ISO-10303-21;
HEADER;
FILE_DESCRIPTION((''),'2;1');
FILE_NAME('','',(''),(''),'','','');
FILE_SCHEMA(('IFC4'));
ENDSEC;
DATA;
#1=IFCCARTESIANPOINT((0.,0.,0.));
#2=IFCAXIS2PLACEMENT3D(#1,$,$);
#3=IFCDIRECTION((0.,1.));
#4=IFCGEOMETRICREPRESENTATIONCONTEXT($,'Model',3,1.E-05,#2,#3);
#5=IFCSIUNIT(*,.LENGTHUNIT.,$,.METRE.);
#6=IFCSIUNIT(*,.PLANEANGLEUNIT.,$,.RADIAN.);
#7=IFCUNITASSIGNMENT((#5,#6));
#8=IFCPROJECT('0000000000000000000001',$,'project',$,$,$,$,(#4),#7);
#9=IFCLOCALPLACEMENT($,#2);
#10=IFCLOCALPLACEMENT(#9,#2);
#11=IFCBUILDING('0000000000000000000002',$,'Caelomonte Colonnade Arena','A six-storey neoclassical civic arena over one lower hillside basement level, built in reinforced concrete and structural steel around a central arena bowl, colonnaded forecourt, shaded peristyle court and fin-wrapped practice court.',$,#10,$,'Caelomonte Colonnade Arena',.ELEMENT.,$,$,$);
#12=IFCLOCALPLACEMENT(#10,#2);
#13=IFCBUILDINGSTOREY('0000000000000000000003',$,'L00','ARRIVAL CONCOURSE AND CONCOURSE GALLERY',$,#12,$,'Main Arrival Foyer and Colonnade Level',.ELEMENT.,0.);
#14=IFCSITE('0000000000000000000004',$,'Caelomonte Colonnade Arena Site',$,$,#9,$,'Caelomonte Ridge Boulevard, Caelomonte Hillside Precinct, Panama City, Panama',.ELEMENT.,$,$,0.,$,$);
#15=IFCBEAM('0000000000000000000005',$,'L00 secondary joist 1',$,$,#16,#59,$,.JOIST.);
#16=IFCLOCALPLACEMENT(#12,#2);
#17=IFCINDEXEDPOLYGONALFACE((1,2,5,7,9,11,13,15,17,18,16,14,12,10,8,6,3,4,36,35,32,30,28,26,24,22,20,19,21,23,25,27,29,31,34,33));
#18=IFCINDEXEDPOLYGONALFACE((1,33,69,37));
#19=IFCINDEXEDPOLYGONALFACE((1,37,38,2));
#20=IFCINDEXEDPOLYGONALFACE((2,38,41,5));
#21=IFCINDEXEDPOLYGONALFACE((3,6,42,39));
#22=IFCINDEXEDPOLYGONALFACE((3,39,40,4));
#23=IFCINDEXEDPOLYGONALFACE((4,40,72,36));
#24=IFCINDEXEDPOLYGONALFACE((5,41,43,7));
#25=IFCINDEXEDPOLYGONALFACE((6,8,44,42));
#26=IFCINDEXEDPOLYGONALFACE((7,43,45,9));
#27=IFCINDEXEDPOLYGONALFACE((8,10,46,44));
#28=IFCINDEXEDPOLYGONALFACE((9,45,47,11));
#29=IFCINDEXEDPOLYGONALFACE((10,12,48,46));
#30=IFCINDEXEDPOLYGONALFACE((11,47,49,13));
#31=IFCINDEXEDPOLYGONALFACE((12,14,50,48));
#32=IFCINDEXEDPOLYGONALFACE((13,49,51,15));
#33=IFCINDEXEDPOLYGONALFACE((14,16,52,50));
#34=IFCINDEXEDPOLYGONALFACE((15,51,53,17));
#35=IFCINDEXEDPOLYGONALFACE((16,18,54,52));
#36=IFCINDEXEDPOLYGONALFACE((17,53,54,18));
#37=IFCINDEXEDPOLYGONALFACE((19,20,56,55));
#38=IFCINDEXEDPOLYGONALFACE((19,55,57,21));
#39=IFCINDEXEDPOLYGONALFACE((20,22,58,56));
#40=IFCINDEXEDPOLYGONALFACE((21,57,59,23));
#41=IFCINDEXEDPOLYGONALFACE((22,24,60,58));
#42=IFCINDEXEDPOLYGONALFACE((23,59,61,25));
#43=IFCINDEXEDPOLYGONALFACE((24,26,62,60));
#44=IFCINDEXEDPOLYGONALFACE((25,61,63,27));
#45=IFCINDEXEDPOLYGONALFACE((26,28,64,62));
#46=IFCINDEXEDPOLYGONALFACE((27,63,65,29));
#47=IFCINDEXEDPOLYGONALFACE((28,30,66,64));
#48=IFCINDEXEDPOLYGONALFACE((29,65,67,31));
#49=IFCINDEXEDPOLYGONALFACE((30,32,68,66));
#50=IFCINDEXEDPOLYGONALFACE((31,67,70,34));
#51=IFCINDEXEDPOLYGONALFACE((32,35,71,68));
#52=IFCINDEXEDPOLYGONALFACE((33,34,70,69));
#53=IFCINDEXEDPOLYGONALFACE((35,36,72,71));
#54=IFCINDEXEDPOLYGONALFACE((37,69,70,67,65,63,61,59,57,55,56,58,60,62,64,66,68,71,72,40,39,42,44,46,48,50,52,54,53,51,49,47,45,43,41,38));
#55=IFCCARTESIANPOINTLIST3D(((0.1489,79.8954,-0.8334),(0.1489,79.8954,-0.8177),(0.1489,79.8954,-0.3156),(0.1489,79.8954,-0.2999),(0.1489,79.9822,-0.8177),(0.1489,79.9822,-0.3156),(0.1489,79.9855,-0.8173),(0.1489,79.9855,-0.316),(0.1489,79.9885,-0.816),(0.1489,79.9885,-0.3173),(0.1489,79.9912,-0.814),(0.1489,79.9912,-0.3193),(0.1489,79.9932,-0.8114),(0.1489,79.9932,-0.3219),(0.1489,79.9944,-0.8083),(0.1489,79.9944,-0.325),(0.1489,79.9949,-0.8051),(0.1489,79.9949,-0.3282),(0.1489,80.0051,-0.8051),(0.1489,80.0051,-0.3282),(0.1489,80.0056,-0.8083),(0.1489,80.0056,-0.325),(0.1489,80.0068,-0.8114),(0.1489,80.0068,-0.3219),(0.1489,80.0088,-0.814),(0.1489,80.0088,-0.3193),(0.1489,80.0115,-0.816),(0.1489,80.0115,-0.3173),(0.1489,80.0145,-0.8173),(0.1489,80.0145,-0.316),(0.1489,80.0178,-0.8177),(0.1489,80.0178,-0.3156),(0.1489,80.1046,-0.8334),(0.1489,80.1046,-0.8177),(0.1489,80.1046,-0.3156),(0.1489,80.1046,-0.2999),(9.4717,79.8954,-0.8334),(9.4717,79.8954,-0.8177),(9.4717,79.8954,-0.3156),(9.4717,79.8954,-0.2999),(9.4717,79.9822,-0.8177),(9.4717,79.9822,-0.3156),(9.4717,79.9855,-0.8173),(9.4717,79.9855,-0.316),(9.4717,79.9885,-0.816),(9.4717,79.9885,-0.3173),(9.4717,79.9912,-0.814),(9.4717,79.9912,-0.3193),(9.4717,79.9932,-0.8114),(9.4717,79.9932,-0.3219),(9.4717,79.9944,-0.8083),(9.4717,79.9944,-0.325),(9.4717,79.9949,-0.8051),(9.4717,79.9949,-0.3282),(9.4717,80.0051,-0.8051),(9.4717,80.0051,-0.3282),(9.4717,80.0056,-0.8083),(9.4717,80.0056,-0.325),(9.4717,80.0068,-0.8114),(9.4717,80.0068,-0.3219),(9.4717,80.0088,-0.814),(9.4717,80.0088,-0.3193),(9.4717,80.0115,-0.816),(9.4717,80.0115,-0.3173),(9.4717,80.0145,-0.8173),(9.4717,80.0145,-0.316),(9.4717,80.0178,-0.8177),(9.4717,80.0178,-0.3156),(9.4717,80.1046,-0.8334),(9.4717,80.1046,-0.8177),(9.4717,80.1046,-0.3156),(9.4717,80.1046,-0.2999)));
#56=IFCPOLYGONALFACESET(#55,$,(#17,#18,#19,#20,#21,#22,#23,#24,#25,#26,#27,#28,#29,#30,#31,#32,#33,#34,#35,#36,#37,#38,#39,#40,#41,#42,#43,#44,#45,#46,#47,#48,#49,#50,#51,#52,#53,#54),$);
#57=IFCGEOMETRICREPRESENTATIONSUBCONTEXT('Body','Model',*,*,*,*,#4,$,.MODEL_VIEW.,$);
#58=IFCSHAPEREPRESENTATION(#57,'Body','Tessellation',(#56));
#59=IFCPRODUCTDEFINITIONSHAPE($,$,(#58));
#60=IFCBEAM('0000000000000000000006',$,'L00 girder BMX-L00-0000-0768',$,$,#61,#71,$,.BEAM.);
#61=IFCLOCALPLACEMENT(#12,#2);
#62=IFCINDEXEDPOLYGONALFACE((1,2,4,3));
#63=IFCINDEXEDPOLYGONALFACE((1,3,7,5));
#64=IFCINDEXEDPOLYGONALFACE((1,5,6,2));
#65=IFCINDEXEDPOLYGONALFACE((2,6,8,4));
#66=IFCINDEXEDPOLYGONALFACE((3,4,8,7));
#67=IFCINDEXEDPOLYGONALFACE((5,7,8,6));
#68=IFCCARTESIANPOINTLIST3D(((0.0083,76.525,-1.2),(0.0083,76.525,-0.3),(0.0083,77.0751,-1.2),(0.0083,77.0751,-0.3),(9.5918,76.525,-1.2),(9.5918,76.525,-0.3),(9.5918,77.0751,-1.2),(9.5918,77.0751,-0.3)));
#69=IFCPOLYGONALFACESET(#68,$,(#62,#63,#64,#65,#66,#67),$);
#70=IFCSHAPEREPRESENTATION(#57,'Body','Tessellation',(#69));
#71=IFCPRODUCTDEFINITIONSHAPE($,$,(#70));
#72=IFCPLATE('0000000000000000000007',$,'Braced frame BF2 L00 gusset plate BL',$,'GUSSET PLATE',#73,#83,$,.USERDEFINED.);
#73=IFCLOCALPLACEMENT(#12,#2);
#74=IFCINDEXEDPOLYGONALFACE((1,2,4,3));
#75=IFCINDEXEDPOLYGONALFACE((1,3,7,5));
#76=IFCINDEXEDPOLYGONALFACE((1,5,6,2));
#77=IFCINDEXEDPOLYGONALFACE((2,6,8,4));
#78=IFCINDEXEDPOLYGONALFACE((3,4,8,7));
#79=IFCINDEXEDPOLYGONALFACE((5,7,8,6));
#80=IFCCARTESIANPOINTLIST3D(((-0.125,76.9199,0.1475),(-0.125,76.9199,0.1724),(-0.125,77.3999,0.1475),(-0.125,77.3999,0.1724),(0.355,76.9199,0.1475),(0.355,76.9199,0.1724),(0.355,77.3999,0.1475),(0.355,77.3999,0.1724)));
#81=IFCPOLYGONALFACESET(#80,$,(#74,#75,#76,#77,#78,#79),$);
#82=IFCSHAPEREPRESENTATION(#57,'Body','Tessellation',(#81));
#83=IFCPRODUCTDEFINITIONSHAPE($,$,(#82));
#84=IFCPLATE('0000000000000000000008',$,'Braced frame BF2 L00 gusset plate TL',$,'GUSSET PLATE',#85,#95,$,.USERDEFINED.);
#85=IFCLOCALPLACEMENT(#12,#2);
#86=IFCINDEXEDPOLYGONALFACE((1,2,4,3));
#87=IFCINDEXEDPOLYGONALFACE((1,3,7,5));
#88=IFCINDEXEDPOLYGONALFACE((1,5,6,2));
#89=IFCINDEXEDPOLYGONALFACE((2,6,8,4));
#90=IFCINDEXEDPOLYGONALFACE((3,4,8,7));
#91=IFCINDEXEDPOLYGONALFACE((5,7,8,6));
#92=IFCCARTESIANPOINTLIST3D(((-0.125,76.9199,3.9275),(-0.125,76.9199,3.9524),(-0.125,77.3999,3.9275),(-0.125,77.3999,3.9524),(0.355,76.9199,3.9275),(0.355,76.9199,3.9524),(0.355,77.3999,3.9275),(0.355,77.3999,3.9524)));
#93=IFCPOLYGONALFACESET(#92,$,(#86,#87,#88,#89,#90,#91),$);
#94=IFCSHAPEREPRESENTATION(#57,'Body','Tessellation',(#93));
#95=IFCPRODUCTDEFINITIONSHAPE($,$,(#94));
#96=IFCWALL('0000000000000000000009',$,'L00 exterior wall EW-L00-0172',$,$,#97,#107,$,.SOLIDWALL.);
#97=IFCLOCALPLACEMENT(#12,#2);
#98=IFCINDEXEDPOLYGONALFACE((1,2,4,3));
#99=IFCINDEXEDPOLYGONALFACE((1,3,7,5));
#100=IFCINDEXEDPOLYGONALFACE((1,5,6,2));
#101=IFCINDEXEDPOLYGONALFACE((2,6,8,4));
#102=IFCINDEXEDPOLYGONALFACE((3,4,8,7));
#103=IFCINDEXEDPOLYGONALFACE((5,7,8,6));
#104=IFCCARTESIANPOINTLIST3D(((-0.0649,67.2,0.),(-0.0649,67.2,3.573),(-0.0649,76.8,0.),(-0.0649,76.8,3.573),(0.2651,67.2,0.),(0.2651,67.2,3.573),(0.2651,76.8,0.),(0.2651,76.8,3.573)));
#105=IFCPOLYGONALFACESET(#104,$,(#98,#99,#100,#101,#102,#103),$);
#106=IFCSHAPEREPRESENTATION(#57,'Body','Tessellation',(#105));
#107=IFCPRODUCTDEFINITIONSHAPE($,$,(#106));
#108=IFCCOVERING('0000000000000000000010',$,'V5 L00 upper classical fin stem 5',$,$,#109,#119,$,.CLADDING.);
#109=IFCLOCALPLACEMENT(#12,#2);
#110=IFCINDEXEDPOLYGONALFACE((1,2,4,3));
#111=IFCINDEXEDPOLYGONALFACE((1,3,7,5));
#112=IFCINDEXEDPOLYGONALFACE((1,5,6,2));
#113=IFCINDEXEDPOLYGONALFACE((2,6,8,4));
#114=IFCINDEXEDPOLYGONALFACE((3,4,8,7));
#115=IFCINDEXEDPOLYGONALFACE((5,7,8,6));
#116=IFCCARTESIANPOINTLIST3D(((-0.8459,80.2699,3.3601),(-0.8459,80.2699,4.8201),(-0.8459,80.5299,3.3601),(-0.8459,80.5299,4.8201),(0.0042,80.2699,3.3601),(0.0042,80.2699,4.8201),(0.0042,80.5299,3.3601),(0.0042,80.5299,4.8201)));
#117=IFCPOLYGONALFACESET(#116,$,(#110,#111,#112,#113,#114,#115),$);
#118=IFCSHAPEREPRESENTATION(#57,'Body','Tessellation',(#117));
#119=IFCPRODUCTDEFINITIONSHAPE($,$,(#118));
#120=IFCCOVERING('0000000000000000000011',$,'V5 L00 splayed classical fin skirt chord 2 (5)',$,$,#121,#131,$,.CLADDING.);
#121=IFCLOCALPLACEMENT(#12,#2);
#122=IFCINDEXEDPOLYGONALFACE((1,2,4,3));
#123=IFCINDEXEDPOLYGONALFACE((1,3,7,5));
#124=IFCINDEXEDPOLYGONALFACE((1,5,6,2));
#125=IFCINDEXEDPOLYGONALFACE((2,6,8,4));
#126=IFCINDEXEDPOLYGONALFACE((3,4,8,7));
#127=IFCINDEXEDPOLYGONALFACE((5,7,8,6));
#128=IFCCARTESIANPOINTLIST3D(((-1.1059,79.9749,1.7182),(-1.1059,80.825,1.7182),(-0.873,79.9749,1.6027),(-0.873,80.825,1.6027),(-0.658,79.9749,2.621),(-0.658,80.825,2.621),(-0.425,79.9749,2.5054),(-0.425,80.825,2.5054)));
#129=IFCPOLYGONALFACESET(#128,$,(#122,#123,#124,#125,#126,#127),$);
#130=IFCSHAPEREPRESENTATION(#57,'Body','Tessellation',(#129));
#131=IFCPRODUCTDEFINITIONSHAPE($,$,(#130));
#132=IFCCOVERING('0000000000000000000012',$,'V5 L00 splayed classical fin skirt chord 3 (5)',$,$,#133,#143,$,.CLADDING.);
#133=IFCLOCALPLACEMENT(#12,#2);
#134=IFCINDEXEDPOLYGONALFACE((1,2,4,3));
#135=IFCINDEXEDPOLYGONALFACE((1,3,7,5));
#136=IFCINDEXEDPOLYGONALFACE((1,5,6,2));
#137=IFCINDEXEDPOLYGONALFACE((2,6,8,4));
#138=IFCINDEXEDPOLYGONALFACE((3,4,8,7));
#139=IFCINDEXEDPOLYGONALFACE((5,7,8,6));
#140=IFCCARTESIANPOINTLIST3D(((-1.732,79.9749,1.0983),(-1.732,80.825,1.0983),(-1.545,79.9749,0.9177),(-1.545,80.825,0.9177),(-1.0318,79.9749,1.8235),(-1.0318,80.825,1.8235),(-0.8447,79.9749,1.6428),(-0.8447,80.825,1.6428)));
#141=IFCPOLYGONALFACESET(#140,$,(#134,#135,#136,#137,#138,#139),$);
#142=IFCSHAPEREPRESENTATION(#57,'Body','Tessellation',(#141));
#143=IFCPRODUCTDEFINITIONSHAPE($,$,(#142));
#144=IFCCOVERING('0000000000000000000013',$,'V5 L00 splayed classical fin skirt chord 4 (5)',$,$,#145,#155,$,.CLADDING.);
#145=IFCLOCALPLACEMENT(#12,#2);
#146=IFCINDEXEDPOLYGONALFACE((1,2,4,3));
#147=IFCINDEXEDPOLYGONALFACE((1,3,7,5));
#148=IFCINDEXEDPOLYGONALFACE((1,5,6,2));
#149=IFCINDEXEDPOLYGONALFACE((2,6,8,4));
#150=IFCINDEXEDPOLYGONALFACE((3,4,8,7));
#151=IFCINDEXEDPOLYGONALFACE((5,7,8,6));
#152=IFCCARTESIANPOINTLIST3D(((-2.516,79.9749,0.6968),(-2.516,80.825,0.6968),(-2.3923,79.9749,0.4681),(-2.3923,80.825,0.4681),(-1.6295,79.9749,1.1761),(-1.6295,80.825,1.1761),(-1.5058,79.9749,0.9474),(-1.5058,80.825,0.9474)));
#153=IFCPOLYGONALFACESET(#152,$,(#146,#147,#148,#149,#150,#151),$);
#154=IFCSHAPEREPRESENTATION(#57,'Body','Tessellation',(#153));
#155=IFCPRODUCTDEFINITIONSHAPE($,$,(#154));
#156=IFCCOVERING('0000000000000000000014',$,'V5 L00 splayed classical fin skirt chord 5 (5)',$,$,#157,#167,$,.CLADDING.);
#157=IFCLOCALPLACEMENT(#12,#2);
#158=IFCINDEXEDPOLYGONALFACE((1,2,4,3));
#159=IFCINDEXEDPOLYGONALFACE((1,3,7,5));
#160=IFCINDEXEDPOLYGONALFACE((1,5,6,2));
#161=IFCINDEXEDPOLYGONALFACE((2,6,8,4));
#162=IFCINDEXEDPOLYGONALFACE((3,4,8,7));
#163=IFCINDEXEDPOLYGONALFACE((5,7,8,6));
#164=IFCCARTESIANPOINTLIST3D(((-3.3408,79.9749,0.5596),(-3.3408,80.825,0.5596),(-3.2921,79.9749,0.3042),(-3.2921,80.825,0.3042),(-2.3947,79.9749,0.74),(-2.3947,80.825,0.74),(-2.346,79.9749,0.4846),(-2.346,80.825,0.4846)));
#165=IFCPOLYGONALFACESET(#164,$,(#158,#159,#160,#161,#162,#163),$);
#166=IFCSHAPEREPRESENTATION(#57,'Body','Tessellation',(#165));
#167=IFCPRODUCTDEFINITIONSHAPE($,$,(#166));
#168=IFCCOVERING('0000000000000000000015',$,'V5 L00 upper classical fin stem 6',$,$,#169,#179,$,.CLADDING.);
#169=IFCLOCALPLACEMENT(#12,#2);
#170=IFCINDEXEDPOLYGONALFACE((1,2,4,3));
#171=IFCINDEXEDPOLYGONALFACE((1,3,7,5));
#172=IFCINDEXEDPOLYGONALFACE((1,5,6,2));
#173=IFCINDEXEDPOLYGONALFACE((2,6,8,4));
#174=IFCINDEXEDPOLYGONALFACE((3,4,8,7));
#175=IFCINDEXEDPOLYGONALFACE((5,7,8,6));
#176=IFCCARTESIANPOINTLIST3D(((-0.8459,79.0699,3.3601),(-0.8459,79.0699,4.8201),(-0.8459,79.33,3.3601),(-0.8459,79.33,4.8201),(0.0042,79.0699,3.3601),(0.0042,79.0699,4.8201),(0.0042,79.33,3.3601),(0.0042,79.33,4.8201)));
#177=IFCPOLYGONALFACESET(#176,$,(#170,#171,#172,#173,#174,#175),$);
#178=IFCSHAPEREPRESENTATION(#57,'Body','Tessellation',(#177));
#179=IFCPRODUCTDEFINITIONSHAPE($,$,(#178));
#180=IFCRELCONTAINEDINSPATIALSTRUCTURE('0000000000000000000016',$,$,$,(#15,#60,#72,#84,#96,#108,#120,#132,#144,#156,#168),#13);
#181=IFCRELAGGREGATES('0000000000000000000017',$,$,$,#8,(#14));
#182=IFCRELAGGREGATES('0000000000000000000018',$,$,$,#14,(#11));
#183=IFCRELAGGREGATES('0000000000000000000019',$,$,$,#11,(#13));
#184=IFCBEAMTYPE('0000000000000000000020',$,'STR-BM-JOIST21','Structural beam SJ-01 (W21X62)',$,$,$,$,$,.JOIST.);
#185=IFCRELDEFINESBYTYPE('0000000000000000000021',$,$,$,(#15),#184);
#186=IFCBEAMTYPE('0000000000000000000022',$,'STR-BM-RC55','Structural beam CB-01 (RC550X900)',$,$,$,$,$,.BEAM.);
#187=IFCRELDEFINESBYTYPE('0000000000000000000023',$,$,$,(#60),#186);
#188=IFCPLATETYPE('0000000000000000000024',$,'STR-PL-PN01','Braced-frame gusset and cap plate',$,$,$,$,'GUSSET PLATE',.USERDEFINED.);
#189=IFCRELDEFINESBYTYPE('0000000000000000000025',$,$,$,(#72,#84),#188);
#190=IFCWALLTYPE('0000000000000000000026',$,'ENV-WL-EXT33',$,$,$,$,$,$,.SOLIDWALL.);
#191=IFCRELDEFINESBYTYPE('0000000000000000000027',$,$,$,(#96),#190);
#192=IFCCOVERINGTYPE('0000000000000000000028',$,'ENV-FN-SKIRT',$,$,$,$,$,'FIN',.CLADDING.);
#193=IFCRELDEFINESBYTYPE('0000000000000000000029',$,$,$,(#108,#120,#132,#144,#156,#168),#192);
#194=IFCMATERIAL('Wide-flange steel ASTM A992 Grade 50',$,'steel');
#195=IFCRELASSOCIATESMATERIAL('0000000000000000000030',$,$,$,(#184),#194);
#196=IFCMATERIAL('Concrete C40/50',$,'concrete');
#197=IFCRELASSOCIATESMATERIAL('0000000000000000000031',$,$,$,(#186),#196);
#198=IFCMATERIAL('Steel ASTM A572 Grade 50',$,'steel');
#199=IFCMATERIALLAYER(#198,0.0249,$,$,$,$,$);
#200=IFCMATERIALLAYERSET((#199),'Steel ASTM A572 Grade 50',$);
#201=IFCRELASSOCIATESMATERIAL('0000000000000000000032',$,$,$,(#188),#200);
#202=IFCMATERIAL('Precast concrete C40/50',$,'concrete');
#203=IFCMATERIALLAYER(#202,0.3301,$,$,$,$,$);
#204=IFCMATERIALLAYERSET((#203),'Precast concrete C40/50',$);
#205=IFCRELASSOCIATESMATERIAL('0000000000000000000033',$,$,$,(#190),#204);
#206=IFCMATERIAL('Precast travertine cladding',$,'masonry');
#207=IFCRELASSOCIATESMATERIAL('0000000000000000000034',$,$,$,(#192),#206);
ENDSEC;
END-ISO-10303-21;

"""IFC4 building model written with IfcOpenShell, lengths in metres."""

from ifc_helpers import new_model, si_unit, direction, frame, frame_2d, origin, origin_2d, place, context, subcontext, project, spatial, rectangle, i_section, extrude, material, layer, layer_set, material_profile, profile_set, type_object, element, save


model = new_model("IFC4")

# Units and contexts
model_context = context("Model", 3, precision=1e-05, world=origin(), true_north=direction((0.0, 1.0)))
body_context = subcontext(model_context, "Body", "Model", "MODEL_VIEW")
ifc_project = project(units=[si_unit("LENGTHUNIT", "METRE"), si_unit("PLANEANGLEUNIT", "RADIAN")], contexts=[model_context])

# Site, building, storey
site_placement = place(None, origin())
site = spatial("IfcSite", under=ifc_project, at=site_placement, Name="Caelomonte Colonnade Arena Site", LongName="Caelomonte Ridge Boulevard, Caelomonte Hillside Precinct, Panama City, Panama", CompositionType="ELEMENT", RefElevation=0.0)
building_placement = place(site_placement, origin())
building = spatial("IfcBuilding", under=site, at=building_placement, Name="Caelomonte Colonnade Arena", Description="A six-storey neoclassical civic arena over one lower hillside basement level, built in reinforced concrete and structural steel around a central arena bowl, colonnaded forecourt, shaded peristyle court and fin-wrapped practice court.", LongName="Caelomonte Colonnade Arena", CompositionType="ELEMENT")
storey_placement = place(building_placement, origin())
storey = spatial("IfcBuildingStorey", under=building, at=storey_placement, Name="L00", Description="ARRIVAL CONCOURSE AND CONCOURSE GALLERY", LongName="Main Arrival Foyer and Colonnade Level", CompositionType="ELEMENT", Elevation=0.0)

# Shared definitions
ifc_material_1 = material(Name="Wide-flange steel ASTM A992 Grade 50", Category="steel")

# Beams
ifc_material_profile_1 = material_profile(ifc_material_1, i_section(OverallWidth=0.2092, OverallDepth=0.5334, WebThickness=0.0103, FlangeThickness=0.0156, FilletRadius=0.0127, at=origin_2d()), Name="W21X62")
ifc_profile_set_1 = profile_set([ifc_material_profile_1], Name="Wide-flange steel ASTM A992 Grade 50")
beam_type_1 = type_object("IfcBeamType", Name="STR-BM-JOIST21", Description="Structural beam SJ-01 (W21X62)", PredefinedType="JOIST", material=ifc_profile_set_1)
beam_1_placement = place(storey_placement, frame((0.1489, 80.0, -0.5667), z_axis=(1.0, 0.0, 0.0), x_axis=(0.0, 1.0, 0.0)))
element("IfcBeam", 1, at=beam_1_placement, inside=storey, type_object=beam_type_1, Name="L00 secondary joist 1", PredefinedType="JOIST", context=body_context, shape_type="SweptSolid", body=[
    extrude(i_section(OverallWidth=0.2092, OverallDepth=0.5334, WebThickness=0.0103, FlangeThickness=0.0156, FilletRadius=0.0127, at=origin_2d()), origin(), (0.0, 0.0, 1.0), 9.3228),
])
ifc_material_2 = material(Name="Concrete C40/50", Category="concrete")
ifc_material_profile_2 = material_profile(ifc_material_2, rectangle(XDim=0.55, YDim=0.8999, at=origin_2d()), Name="RC550X900")
ifc_profile_set_2 = profile_set([ifc_material_profile_2], Name="Concrete C40/50")
beam_type_2 = type_object("IfcBeamType", Name="STR-BM-RC55", Description="Structural beam CB-01 (RC550X900)", PredefinedType="BEAM", material=ifc_profile_set_2)
beam_2_placement = place(storey_placement, frame((0.0083, 76.8, -0.75), z_axis=(1.0, 0.0, 0.0), x_axis=(0.0, 1.0, 0.0)))
element("IfcBeam", 2, at=beam_2_placement, inside=storey, type_object=beam_type_2, Name="L00 girder BMX-L00-0000-0768", PredefinedType="BEAM", context=body_context, shape_type="SweptSolid", body=[
    extrude(rectangle(XDim=0.55, YDim=0.8999, at=origin_2d()), origin(), (0.0, 0.0, 1.0), 9.5835),
])

# Plates
ifc_material_3 = material(Name="Steel ASTM A572 Grade 50", Category="steel")
ifc_layer_1 = layer(ifc_material_3, 0.0249)
ifc_layer_set_1 = layer_set([ifc_layer_1], Name="Steel ASTM A572 Grade 50")
plate_type = type_object("IfcPlateType", Name="STR-PL-PN01", Description="Braced-frame gusset and cap plate", ElementType="GUSSET PLATE", PredefinedType="USERDEFINED", material=ifc_layer_set_1)
for number, where, z_axis, x_axis, name in (
    (3, (0.115, 77.1599, 0.1475), (0.0, 0.0, 1.0), (1.0, 0.0, 0.0), "Braced frame BF2 L00 gusset plate BL"),
    (4, (0.115, 77.1599, 3.9275), (0.0, 0.0, 1.0), (1.0, 0.0, 0.0), "Braced frame BF2 L00 gusset plate TL"),
):
    element("IfcPlate", number, at=place(storey_placement, frame(where, z_axis=z_axis, x_axis=x_axis)), inside=storey, type_object=plate_type, Name=name, ObjectType="GUSSET PLATE", PredefinedType="USERDEFINED", context=body_context, shape_type="SweptSolid", body=[
        extrude(rectangle(XDim=0.48, YDim=0.48, at=origin_2d()), origin(), (0.0, 0.0, 1.0), 0.0249),
    ])

# Wall
ifc_material_4 = material(Name="Precast concrete C40/50", Category="concrete")
ifc_layer_2 = layer(ifc_material_4, 0.3301)
ifc_layer_set_2 = layer_set([ifc_layer_2], Name="Precast concrete C40/50")
wall_type = type_object("IfcWallType", Name="ENV-WL-EXT33", PredefinedType="SOLIDWALL", material=ifc_layer_set_2)
wall_placement = place(storey_placement, frame((0.1001, 76.8, 0.0), z_axis=(0.0, 0.0, 1.0), x_axis=(0.0, -1.0, 0.0)))
element("IfcWall", 5, at=wall_placement, inside=storey, type_object=wall_type, Name="L00 exterior wall EW-L00-0172", PredefinedType="SOLIDWALL", context=body_context, shape_type="SweptSolid", body=[
    extrude(rectangle(XDim=9.6001, YDim=0.3301, at=frame_2d((4.8, 0.0))), origin(), (0.0, 0.0, 1.0), 3.573),
])

# Coverings
ifc_material_5 = material(Name="Precast travertine cladding", Category="masonry")
ifc_material_profile_3 = material_profile(ifc_material_5, rectangle(XDim=0.26, YDim=0.8501, at=origin_2d()), Name="FIN260X850")
ifc_profile_set_3 = profile_set([ifc_material_profile_3], Name="Precast travertine cladding")
covering_type = type_object("IfcCoveringType", Name="ENV-FN-SKIRT", ElementType="FIN", PredefinedType="CLADDING", material=ifc_profile_set_3)
covering_1_placement = place(storey_placement, frame((-0.4209, 80.3999, 3.3601), z_axis=(0.0, 0.0, 1.0), x_axis=(0.0, 1.0, 0.0)))
element("IfcCovering", 6, at=covering_1_placement, inside=storey, type_object=covering_type, Name="V5 L00 upper classical fin stem 5", PredefinedType="CLADDING", context=body_context, shape_type="SweptSolid", body=[
    extrude(rectangle(XDim=0.26, YDim=0.8501, at=origin_2d()), origin(), (0.0, 0.0, 1.0), 1.46),
])
covering_2_placement = place(storey_placement, frame((-0.5415, 80.3999, 2.5632), z_axis=(-0.444499, 0.0, -0.89578), x_axis=(-0.89578, 0.0, 0.444499)))
element("IfcCovering", 7, at=covering_2_placement, inside=storey, type_object=covering_type, Name="V5 L00 splayed classical fin skirt chord 2 (5)", PredefinedType="CLADDING", context=body_context, shape_type="SweptSolid", body=[
    extrude(rectangle(XDim=0.26, YDim=0.8501, at=origin_2d()), origin(), (0.0, 0.0, 1.0), 1.0078),
])
covering_3_placement = place(storey_placement, frame((-0.9382, 80.3999, 1.7332), z_axis=(-0.694646, 0.0, -0.719351), x_axis=(-0.719351, 0.0, 0.694646)))
element("IfcCovering", 8, at=covering_3_placement, inside=storey, type_object=covering_type, Name="V5 L00 splayed classical fin skirt chord 3 (5)", PredefinedType="CLADDING", context=body_context, shape_type="SweptSolid", body=[
    extrude(rectangle(XDim=0.26, YDim=0.8501, at=origin_2d()), origin(), (0.0, 0.0, 1.0), 1.0081),
])
covering_4_placement = place(storey_placement, frame((-1.5676, 80.3999, 1.0618), z_axis=(-0.879676, 0.0, -0.475573), x_axis=(-0.475573, 0.0, 0.879676)))
element("IfcCovering", 9, at=covering_4_placement, inside=storey, type_object=covering_type, Name="V5 L00 splayed classical fin skirt chord 4 (5)", PredefinedType="CLADDING", context=body_context, shape_type="SweptSolid", body=[
    extrude(rectangle(XDim=0.26, YDim=0.8501, at=origin_2d()), origin(), (0.0, 0.0, 1.0), 1.0078),
])
covering_5_placement = place(storey_placement, frame((-2.3704, 80.3999, 0.6123), z_axis=(-0.982296, 0.0, -0.187333), x_axis=(-0.187333, 0.0, 0.982296)))
element("IfcCovering", 10, at=covering_5_placement, inside=storey, type_object=covering_type, Name="V5 L00 splayed classical fin skirt chord 5 (5)", PredefinedType="CLADDING", context=body_context, shape_type="SweptSolid", body=[
    extrude(rectangle(XDim=0.26, YDim=0.8501, at=origin_2d()), origin(), (0.0, 0.0, 1.0), 0.9631),
])
covering_6_placement = place(storey_placement, frame((-0.4209, 79.2, 3.3601), z_axis=(0.0, 0.0, 1.0), x_axis=(0.0, 1.0, 0.0)))
element("IfcCovering", 11, at=covering_6_placement, inside=storey, type_object=covering_type, Name="V5 L00 upper classical fin stem 6", PredefinedType="CLADDING", context=body_context, shape_type="SweptSolid", body=[
    extrude(rectangle(XDim=0.26, YDim=0.8501, at=origin_2d()), origin(), (0.0, 0.0, 1.0), 1.46),
])

save(model, "model.ifc")
